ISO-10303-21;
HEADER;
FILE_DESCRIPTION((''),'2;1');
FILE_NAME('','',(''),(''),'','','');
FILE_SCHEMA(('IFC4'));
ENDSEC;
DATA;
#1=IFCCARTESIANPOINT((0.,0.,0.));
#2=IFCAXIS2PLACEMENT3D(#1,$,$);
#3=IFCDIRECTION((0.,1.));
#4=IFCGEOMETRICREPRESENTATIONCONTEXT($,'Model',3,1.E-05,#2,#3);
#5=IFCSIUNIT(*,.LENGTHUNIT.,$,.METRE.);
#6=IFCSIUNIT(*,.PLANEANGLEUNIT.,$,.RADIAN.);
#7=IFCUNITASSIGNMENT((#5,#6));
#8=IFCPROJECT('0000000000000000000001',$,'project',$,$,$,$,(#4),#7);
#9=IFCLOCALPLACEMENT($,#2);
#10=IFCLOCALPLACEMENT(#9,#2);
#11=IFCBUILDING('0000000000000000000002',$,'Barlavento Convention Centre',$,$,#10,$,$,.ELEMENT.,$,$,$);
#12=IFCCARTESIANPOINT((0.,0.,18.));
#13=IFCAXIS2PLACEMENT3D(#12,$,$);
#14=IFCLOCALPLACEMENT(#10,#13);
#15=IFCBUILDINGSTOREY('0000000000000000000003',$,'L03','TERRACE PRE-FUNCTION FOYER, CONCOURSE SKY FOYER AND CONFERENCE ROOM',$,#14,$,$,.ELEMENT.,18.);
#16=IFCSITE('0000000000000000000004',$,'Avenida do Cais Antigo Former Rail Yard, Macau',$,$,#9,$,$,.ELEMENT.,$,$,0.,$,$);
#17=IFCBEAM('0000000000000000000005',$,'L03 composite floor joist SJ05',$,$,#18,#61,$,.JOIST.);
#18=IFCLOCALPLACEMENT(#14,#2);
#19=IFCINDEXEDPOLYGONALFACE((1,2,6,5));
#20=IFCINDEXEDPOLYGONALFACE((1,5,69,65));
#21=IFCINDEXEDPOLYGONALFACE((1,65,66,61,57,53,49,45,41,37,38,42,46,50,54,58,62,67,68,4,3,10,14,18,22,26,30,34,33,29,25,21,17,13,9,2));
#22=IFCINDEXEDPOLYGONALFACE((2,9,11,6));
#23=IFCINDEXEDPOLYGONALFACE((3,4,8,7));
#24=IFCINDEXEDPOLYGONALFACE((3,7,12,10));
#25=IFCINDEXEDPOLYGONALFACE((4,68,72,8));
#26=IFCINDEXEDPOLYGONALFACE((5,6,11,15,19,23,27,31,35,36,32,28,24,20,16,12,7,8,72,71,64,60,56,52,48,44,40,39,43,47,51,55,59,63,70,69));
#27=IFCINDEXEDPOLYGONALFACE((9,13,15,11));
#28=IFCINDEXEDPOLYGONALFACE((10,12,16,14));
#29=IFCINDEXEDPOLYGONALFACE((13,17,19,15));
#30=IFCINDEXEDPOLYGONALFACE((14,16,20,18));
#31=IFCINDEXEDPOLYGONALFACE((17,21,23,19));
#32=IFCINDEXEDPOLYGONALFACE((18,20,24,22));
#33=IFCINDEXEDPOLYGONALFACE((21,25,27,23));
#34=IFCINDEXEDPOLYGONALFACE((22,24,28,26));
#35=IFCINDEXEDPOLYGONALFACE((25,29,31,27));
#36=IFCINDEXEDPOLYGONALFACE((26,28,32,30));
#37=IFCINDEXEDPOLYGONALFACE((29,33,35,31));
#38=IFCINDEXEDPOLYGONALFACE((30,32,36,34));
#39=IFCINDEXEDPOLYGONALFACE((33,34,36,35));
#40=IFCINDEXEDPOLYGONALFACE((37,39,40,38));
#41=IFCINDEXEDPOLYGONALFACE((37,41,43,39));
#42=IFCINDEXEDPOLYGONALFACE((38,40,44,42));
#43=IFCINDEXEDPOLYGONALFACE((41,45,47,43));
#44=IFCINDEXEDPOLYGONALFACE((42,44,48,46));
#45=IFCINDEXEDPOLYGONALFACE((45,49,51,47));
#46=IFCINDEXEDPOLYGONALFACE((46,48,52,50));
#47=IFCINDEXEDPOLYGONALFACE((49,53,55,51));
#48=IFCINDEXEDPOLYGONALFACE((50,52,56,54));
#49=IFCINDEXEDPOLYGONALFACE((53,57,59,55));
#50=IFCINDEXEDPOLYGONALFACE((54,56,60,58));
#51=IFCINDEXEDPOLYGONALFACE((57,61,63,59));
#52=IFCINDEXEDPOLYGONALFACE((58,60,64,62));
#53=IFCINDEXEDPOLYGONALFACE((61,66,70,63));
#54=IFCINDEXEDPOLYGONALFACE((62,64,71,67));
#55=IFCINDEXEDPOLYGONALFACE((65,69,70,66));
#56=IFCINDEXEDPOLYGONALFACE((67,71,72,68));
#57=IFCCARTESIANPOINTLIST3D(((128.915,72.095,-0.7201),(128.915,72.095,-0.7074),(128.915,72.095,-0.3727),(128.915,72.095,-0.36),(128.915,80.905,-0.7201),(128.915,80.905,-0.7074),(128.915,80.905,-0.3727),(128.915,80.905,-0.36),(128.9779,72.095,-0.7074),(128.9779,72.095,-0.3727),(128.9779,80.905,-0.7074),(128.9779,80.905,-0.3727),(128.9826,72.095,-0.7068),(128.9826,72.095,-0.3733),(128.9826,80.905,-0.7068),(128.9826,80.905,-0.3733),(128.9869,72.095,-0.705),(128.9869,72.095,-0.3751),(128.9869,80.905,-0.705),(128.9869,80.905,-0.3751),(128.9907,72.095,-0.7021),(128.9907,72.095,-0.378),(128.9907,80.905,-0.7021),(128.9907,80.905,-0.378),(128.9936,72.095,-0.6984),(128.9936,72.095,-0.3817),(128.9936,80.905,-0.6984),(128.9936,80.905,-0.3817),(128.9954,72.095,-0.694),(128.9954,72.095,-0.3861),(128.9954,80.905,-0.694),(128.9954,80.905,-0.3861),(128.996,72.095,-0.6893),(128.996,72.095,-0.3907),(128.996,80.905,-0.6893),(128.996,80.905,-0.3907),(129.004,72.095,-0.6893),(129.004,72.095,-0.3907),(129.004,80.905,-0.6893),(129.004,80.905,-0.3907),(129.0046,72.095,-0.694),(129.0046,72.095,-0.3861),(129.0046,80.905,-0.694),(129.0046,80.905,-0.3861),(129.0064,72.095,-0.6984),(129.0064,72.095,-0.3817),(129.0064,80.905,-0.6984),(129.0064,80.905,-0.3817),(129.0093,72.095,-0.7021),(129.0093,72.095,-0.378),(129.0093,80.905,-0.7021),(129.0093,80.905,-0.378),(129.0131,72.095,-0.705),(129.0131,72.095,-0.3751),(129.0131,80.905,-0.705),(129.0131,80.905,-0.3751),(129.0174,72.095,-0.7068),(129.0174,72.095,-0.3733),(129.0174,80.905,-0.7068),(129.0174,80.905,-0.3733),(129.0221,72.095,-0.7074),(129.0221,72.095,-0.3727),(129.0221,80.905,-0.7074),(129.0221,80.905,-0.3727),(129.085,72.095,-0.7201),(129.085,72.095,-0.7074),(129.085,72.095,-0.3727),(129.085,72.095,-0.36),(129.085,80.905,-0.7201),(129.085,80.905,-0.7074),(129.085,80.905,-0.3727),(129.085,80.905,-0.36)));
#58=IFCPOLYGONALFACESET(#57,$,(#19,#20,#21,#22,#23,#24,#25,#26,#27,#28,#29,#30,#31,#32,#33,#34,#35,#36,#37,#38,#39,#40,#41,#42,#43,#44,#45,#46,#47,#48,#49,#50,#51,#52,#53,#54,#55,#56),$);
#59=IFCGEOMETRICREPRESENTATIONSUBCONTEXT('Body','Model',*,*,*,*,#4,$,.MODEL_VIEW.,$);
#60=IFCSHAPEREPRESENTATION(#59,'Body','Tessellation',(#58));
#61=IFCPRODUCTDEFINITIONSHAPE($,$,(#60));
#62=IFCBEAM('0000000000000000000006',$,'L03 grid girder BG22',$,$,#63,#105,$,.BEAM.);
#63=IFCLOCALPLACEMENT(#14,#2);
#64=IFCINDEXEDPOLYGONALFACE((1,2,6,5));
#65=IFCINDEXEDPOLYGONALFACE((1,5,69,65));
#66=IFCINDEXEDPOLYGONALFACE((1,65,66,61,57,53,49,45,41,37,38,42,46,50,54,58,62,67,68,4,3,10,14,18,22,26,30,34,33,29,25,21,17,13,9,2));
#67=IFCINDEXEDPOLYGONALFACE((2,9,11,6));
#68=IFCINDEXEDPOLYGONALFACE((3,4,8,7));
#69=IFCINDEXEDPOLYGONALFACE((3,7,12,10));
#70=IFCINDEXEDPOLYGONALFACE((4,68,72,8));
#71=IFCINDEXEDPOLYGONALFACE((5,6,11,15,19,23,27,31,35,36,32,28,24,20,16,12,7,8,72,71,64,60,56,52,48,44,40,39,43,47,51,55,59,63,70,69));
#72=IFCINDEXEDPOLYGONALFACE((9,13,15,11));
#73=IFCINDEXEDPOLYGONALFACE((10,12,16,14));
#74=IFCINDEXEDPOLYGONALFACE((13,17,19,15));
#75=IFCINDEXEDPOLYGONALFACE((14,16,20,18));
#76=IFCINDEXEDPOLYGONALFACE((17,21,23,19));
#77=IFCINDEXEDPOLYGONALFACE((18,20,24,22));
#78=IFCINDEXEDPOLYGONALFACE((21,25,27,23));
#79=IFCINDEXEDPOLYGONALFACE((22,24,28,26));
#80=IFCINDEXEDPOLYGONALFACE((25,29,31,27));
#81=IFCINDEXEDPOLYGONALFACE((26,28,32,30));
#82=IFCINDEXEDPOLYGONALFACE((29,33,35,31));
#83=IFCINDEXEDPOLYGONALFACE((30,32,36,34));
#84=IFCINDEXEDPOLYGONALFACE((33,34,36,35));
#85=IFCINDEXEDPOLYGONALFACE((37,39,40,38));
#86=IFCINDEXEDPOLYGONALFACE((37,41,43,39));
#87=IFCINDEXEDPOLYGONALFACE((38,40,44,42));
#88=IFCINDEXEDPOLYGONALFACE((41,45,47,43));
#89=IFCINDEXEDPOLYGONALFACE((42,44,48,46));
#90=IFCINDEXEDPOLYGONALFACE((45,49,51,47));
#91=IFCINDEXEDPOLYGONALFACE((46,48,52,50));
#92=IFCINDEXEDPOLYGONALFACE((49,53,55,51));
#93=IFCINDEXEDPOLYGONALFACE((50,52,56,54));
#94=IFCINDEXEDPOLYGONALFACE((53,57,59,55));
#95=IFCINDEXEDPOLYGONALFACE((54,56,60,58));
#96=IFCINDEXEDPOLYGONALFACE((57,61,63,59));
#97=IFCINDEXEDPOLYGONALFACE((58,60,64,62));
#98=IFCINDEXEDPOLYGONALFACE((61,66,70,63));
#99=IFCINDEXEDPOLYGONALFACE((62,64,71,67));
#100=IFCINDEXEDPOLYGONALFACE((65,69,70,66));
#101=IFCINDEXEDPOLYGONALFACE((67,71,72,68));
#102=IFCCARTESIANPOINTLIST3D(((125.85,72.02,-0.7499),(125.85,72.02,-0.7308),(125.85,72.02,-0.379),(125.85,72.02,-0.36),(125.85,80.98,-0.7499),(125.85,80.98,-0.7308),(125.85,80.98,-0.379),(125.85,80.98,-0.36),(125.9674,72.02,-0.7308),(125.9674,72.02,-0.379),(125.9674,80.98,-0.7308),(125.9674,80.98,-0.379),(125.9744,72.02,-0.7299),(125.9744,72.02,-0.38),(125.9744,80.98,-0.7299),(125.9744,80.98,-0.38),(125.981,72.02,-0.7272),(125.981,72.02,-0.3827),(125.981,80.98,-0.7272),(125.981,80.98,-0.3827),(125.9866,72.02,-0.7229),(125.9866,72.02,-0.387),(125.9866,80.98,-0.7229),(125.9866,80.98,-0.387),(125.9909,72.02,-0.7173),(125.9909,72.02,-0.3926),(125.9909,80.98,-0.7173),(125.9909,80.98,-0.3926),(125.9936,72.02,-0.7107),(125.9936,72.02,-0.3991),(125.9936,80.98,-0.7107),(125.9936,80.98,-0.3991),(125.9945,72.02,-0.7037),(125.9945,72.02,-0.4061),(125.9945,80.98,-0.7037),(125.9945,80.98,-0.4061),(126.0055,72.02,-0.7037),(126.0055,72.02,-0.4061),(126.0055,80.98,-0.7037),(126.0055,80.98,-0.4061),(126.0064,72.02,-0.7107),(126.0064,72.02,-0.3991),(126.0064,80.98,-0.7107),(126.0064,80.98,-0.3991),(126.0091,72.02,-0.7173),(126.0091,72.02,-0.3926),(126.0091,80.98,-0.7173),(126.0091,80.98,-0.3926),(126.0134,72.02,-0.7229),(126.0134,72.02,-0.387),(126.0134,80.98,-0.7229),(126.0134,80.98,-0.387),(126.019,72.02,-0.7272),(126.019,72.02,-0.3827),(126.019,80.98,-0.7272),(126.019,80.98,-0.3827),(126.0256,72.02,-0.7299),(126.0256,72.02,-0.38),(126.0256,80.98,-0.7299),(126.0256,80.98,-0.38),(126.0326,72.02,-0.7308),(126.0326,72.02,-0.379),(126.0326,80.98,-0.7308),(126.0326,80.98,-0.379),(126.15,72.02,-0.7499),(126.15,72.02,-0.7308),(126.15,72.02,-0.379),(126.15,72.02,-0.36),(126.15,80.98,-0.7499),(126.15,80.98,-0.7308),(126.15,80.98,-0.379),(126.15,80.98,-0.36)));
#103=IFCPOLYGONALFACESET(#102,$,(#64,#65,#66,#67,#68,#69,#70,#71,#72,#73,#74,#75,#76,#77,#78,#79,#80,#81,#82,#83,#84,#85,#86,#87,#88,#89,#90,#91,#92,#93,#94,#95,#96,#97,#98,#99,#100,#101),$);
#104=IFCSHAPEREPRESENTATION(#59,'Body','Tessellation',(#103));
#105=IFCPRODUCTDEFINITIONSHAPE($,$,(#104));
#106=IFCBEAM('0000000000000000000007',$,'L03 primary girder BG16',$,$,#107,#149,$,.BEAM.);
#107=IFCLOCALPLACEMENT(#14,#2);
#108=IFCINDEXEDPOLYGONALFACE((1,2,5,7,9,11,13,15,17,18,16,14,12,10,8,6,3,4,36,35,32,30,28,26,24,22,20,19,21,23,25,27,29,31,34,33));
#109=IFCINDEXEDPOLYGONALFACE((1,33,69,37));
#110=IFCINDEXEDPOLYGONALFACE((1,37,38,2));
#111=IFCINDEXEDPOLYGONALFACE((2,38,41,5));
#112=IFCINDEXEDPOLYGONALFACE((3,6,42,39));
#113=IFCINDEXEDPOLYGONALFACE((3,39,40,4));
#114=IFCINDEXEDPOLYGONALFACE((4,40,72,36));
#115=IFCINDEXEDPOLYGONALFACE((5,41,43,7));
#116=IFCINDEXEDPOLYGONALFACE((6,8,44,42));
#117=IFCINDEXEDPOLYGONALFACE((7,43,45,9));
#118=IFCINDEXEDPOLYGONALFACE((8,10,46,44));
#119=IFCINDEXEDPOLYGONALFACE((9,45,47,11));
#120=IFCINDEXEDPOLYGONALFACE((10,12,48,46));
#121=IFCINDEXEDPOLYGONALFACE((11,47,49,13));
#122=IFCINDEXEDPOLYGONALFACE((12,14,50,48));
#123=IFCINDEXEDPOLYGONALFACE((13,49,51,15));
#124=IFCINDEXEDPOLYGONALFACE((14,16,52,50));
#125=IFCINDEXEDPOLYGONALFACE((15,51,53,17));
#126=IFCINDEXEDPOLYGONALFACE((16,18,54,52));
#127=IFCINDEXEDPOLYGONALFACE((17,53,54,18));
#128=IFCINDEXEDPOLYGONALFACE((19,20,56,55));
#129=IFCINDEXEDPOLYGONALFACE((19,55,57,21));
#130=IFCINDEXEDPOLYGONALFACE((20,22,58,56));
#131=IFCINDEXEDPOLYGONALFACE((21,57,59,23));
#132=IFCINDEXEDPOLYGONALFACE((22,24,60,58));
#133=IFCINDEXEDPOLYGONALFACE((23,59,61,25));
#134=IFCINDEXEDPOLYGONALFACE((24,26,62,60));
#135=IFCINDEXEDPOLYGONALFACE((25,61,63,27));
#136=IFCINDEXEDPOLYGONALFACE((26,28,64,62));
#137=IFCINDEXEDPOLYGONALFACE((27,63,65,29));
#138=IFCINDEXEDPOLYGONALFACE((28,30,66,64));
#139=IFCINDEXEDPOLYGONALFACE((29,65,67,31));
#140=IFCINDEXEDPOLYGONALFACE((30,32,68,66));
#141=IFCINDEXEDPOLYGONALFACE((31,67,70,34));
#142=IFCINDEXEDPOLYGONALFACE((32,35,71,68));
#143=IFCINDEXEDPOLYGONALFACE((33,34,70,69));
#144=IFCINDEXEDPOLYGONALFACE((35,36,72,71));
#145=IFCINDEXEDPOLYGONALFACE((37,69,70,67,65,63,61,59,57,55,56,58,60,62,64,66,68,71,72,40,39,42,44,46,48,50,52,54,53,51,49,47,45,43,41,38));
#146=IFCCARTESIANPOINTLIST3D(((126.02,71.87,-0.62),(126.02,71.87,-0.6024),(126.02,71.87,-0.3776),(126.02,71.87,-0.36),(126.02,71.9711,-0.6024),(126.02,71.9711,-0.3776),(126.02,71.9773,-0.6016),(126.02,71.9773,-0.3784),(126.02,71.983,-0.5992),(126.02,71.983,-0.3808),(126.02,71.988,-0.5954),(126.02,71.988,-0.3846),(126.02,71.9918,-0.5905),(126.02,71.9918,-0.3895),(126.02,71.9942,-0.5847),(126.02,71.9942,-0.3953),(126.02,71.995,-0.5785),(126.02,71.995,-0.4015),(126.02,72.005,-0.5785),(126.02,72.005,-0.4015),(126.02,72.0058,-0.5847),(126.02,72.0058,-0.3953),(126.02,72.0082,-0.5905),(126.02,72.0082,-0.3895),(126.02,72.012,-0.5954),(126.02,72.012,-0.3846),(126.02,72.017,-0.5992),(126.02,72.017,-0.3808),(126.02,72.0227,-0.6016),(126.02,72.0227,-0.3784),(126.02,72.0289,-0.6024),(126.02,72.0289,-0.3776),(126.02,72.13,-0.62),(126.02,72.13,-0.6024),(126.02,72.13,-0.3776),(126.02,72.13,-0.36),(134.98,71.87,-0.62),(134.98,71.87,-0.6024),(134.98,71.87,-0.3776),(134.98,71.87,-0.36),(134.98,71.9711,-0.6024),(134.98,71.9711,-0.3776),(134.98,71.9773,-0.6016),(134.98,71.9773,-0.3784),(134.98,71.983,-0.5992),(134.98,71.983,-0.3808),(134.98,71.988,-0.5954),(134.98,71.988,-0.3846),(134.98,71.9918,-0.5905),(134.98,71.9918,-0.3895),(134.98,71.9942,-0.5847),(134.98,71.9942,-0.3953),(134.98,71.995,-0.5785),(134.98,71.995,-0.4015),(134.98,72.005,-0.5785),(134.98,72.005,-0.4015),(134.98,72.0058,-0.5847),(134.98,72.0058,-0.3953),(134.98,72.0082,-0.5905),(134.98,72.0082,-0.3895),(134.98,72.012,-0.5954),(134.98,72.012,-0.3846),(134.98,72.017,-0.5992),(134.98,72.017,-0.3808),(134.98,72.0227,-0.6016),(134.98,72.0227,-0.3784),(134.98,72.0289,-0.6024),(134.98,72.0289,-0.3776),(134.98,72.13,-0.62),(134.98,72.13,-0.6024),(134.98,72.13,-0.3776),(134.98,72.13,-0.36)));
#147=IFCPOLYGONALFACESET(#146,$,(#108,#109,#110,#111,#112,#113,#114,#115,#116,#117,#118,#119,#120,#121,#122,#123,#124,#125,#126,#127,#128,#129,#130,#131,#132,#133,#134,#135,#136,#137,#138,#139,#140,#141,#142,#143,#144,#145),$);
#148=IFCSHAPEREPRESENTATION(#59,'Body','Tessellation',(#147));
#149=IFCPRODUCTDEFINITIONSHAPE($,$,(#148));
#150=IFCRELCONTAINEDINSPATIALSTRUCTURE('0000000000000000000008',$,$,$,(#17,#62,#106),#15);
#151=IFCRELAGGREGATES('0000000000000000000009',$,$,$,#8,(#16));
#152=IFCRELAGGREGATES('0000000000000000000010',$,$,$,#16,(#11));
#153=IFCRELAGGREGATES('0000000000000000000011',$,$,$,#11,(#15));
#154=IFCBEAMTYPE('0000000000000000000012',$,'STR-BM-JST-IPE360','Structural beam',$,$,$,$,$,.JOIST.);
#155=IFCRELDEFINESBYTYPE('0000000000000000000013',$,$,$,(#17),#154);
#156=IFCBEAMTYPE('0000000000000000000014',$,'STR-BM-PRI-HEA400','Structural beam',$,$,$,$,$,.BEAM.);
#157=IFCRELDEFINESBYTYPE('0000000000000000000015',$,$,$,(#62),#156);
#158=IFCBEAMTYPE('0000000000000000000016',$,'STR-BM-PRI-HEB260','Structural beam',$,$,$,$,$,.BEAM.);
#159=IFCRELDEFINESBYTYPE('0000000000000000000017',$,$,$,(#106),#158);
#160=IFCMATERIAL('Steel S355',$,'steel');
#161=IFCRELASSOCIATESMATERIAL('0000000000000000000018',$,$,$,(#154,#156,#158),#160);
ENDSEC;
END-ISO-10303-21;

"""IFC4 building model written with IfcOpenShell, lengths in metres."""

from ifc_helpers import new_model, si_unit, direction, frame, origin, origin_2d, place, context, subcontext, project, spatial, i_section, extrude, material, material_profile, profile_set, type_object, element, save


model = new_model("IFC4")

# Units and contexts
model_context = context("Model", 3, precision=1e-05, world=origin(), true_north=direction((0.0, 1.0)))
body_context = subcontext(model_context, "Body", "Model", "MODEL_VIEW")
ifc_project = project(units=[si_unit("LENGTHUNIT", "METRE"), si_unit("PLANEANGLEUNIT", "RADIAN")], contexts=[model_context])

# Site, building, storey
site_placement = place(None, origin())
site = spatial("IfcSite", under=ifc_project, at=site_placement, Name="Avenida do Cais Antigo Former Rail Yard, Macau", CompositionType="ELEMENT", RefElevation=0.0)
building_placement = place(site_placement, origin())
building = spatial("IfcBuilding", under=site, at=building_placement, Name="Barlavento Convention Centre", CompositionType="ELEMENT")
storey_placement = place(building_placement, frame((0.0, 0.0, 18.0)))
storey = spatial("IfcBuildingStorey", under=building, at=storey_placement, Name="L03", Description="TERRACE PRE-FUNCTION FOYER, CONCOURSE SKY FOYER AND CONFERENCE ROOM", CompositionType="ELEMENT", Elevation=18.0)

# Shared definitions
ifc_material_1 = material(Name="Steel S355", Category="steel")

# Beams
ifc_material_profile_1 = material_profile(ifc_material_1, i_section(OverallWidth=0.1699, OverallDepth=0.3601, WebThickness=0.0081, FlangeThickness=0.0127, FilletRadius=0.0181, at=origin_2d()), Name="IPE 360")
ifc_profile_set_1 = profile_set([ifc_material_profile_1], Name="Steel S355")
beam_type_1 = type_object("IfcBeamType", Name="STR-BM-JST-IPE360", Description="Structural beam", PredefinedType="JOIST", material=ifc_profile_set_1)
beam_1_placement = place(storey_placement, frame((129.0, 72.095, -0.54), z_axis=(0.0, 1.0, 0.0), x_axis=(-1.0, 0.0, 0.0)))
element("IfcBeam", 1, at=beam_1_placement, inside=storey, type_object=beam_type_1, Name="L03 composite floor joist SJ05", PredefinedType="JOIST", context=body_context, shape_type="SweptSolid", body=[
    extrude(i_section(OverallWidth=0.1699, OverallDepth=0.3601, WebThickness=0.0081, FlangeThickness=0.0127, FilletRadius=0.0181, at=origin_2d()), origin(), (0.0, 0.0, 1.0), 8.8101),
])
ifc_material_profile_2 = material_profile(ifc_material_1, i_section(OverallWidth=0.3, OverallDepth=0.3899, WebThickness=0.011, FlangeThickness=0.019, FilletRadius=0.0271, at=origin_2d()), Name="HEA 400")
ifc_profile_set_2 = profile_set([ifc_material_profile_2], Name="Steel S355")
beam_type_2 = type_object("IfcBeamType", Name="STR-BM-PRI-HEA400", Description="Structural beam", PredefinedType="BEAM", material=ifc_profile_set_2)
beam_2_placement = place(storey_placement, frame((126.0, 72.02, -0.5549), z_axis=(0.0, 1.0, 0.0), x_axis=(-1.0, 0.0, 0.0)))
element("IfcBeam", 2, at=beam_2_placement, inside=storey, type_object=beam_type_2, Name="L03 grid girder BG22", PredefinedType="BEAM", context=body_context, shape_type="SweptSolid", body=[
    extrude(i_section(OverallWidth=0.3, OverallDepth=0.3899, WebThickness=0.011, FlangeThickness=0.019, FilletRadius=0.0271, at=origin_2d()), origin(), (0.0, 0.0, 1.0), 8.96),
])
ifc_material_profile_3 = material_profile(ifc_material_1, i_section(OverallWidth=0.26, OverallDepth=0.26, WebThickness=0.01, FlangeThickness=0.0176, FilletRadius=0.0239, at=origin_2d()), Name="HEB 260")
ifc_profile_set_3 = profile_set([ifc_material_profile_3], Name="Steel S355")
beam_type_3 = type_object("IfcBeamType", Name="STR-BM-PRI-HEB260", Description="Structural beam", PredefinedType="BEAM", material=ifc_profile_set_3)
beam_3_placement = place(storey_placement, frame((126.02, 72.0, -0.49), z_axis=(1.0, 0.0, 0.0), x_axis=(0.0, 1.0, 0.0)))
element("IfcBeam", 3, at=beam_3_placement, inside=storey, type_object=beam_type_3, Name="L03 primary girder BG16", PredefinedType="BEAM", context=body_context, shape_type="SweptSolid", body=[
    extrude(i_section(OverallWidth=0.26, OverallDepth=0.26, WebThickness=0.01, FlangeThickness=0.0176, FilletRadius=0.0239, at=origin_2d()), origin(), (0.0, 0.0, 1.0), 8.96),
])

save(model, "model.ifc")
